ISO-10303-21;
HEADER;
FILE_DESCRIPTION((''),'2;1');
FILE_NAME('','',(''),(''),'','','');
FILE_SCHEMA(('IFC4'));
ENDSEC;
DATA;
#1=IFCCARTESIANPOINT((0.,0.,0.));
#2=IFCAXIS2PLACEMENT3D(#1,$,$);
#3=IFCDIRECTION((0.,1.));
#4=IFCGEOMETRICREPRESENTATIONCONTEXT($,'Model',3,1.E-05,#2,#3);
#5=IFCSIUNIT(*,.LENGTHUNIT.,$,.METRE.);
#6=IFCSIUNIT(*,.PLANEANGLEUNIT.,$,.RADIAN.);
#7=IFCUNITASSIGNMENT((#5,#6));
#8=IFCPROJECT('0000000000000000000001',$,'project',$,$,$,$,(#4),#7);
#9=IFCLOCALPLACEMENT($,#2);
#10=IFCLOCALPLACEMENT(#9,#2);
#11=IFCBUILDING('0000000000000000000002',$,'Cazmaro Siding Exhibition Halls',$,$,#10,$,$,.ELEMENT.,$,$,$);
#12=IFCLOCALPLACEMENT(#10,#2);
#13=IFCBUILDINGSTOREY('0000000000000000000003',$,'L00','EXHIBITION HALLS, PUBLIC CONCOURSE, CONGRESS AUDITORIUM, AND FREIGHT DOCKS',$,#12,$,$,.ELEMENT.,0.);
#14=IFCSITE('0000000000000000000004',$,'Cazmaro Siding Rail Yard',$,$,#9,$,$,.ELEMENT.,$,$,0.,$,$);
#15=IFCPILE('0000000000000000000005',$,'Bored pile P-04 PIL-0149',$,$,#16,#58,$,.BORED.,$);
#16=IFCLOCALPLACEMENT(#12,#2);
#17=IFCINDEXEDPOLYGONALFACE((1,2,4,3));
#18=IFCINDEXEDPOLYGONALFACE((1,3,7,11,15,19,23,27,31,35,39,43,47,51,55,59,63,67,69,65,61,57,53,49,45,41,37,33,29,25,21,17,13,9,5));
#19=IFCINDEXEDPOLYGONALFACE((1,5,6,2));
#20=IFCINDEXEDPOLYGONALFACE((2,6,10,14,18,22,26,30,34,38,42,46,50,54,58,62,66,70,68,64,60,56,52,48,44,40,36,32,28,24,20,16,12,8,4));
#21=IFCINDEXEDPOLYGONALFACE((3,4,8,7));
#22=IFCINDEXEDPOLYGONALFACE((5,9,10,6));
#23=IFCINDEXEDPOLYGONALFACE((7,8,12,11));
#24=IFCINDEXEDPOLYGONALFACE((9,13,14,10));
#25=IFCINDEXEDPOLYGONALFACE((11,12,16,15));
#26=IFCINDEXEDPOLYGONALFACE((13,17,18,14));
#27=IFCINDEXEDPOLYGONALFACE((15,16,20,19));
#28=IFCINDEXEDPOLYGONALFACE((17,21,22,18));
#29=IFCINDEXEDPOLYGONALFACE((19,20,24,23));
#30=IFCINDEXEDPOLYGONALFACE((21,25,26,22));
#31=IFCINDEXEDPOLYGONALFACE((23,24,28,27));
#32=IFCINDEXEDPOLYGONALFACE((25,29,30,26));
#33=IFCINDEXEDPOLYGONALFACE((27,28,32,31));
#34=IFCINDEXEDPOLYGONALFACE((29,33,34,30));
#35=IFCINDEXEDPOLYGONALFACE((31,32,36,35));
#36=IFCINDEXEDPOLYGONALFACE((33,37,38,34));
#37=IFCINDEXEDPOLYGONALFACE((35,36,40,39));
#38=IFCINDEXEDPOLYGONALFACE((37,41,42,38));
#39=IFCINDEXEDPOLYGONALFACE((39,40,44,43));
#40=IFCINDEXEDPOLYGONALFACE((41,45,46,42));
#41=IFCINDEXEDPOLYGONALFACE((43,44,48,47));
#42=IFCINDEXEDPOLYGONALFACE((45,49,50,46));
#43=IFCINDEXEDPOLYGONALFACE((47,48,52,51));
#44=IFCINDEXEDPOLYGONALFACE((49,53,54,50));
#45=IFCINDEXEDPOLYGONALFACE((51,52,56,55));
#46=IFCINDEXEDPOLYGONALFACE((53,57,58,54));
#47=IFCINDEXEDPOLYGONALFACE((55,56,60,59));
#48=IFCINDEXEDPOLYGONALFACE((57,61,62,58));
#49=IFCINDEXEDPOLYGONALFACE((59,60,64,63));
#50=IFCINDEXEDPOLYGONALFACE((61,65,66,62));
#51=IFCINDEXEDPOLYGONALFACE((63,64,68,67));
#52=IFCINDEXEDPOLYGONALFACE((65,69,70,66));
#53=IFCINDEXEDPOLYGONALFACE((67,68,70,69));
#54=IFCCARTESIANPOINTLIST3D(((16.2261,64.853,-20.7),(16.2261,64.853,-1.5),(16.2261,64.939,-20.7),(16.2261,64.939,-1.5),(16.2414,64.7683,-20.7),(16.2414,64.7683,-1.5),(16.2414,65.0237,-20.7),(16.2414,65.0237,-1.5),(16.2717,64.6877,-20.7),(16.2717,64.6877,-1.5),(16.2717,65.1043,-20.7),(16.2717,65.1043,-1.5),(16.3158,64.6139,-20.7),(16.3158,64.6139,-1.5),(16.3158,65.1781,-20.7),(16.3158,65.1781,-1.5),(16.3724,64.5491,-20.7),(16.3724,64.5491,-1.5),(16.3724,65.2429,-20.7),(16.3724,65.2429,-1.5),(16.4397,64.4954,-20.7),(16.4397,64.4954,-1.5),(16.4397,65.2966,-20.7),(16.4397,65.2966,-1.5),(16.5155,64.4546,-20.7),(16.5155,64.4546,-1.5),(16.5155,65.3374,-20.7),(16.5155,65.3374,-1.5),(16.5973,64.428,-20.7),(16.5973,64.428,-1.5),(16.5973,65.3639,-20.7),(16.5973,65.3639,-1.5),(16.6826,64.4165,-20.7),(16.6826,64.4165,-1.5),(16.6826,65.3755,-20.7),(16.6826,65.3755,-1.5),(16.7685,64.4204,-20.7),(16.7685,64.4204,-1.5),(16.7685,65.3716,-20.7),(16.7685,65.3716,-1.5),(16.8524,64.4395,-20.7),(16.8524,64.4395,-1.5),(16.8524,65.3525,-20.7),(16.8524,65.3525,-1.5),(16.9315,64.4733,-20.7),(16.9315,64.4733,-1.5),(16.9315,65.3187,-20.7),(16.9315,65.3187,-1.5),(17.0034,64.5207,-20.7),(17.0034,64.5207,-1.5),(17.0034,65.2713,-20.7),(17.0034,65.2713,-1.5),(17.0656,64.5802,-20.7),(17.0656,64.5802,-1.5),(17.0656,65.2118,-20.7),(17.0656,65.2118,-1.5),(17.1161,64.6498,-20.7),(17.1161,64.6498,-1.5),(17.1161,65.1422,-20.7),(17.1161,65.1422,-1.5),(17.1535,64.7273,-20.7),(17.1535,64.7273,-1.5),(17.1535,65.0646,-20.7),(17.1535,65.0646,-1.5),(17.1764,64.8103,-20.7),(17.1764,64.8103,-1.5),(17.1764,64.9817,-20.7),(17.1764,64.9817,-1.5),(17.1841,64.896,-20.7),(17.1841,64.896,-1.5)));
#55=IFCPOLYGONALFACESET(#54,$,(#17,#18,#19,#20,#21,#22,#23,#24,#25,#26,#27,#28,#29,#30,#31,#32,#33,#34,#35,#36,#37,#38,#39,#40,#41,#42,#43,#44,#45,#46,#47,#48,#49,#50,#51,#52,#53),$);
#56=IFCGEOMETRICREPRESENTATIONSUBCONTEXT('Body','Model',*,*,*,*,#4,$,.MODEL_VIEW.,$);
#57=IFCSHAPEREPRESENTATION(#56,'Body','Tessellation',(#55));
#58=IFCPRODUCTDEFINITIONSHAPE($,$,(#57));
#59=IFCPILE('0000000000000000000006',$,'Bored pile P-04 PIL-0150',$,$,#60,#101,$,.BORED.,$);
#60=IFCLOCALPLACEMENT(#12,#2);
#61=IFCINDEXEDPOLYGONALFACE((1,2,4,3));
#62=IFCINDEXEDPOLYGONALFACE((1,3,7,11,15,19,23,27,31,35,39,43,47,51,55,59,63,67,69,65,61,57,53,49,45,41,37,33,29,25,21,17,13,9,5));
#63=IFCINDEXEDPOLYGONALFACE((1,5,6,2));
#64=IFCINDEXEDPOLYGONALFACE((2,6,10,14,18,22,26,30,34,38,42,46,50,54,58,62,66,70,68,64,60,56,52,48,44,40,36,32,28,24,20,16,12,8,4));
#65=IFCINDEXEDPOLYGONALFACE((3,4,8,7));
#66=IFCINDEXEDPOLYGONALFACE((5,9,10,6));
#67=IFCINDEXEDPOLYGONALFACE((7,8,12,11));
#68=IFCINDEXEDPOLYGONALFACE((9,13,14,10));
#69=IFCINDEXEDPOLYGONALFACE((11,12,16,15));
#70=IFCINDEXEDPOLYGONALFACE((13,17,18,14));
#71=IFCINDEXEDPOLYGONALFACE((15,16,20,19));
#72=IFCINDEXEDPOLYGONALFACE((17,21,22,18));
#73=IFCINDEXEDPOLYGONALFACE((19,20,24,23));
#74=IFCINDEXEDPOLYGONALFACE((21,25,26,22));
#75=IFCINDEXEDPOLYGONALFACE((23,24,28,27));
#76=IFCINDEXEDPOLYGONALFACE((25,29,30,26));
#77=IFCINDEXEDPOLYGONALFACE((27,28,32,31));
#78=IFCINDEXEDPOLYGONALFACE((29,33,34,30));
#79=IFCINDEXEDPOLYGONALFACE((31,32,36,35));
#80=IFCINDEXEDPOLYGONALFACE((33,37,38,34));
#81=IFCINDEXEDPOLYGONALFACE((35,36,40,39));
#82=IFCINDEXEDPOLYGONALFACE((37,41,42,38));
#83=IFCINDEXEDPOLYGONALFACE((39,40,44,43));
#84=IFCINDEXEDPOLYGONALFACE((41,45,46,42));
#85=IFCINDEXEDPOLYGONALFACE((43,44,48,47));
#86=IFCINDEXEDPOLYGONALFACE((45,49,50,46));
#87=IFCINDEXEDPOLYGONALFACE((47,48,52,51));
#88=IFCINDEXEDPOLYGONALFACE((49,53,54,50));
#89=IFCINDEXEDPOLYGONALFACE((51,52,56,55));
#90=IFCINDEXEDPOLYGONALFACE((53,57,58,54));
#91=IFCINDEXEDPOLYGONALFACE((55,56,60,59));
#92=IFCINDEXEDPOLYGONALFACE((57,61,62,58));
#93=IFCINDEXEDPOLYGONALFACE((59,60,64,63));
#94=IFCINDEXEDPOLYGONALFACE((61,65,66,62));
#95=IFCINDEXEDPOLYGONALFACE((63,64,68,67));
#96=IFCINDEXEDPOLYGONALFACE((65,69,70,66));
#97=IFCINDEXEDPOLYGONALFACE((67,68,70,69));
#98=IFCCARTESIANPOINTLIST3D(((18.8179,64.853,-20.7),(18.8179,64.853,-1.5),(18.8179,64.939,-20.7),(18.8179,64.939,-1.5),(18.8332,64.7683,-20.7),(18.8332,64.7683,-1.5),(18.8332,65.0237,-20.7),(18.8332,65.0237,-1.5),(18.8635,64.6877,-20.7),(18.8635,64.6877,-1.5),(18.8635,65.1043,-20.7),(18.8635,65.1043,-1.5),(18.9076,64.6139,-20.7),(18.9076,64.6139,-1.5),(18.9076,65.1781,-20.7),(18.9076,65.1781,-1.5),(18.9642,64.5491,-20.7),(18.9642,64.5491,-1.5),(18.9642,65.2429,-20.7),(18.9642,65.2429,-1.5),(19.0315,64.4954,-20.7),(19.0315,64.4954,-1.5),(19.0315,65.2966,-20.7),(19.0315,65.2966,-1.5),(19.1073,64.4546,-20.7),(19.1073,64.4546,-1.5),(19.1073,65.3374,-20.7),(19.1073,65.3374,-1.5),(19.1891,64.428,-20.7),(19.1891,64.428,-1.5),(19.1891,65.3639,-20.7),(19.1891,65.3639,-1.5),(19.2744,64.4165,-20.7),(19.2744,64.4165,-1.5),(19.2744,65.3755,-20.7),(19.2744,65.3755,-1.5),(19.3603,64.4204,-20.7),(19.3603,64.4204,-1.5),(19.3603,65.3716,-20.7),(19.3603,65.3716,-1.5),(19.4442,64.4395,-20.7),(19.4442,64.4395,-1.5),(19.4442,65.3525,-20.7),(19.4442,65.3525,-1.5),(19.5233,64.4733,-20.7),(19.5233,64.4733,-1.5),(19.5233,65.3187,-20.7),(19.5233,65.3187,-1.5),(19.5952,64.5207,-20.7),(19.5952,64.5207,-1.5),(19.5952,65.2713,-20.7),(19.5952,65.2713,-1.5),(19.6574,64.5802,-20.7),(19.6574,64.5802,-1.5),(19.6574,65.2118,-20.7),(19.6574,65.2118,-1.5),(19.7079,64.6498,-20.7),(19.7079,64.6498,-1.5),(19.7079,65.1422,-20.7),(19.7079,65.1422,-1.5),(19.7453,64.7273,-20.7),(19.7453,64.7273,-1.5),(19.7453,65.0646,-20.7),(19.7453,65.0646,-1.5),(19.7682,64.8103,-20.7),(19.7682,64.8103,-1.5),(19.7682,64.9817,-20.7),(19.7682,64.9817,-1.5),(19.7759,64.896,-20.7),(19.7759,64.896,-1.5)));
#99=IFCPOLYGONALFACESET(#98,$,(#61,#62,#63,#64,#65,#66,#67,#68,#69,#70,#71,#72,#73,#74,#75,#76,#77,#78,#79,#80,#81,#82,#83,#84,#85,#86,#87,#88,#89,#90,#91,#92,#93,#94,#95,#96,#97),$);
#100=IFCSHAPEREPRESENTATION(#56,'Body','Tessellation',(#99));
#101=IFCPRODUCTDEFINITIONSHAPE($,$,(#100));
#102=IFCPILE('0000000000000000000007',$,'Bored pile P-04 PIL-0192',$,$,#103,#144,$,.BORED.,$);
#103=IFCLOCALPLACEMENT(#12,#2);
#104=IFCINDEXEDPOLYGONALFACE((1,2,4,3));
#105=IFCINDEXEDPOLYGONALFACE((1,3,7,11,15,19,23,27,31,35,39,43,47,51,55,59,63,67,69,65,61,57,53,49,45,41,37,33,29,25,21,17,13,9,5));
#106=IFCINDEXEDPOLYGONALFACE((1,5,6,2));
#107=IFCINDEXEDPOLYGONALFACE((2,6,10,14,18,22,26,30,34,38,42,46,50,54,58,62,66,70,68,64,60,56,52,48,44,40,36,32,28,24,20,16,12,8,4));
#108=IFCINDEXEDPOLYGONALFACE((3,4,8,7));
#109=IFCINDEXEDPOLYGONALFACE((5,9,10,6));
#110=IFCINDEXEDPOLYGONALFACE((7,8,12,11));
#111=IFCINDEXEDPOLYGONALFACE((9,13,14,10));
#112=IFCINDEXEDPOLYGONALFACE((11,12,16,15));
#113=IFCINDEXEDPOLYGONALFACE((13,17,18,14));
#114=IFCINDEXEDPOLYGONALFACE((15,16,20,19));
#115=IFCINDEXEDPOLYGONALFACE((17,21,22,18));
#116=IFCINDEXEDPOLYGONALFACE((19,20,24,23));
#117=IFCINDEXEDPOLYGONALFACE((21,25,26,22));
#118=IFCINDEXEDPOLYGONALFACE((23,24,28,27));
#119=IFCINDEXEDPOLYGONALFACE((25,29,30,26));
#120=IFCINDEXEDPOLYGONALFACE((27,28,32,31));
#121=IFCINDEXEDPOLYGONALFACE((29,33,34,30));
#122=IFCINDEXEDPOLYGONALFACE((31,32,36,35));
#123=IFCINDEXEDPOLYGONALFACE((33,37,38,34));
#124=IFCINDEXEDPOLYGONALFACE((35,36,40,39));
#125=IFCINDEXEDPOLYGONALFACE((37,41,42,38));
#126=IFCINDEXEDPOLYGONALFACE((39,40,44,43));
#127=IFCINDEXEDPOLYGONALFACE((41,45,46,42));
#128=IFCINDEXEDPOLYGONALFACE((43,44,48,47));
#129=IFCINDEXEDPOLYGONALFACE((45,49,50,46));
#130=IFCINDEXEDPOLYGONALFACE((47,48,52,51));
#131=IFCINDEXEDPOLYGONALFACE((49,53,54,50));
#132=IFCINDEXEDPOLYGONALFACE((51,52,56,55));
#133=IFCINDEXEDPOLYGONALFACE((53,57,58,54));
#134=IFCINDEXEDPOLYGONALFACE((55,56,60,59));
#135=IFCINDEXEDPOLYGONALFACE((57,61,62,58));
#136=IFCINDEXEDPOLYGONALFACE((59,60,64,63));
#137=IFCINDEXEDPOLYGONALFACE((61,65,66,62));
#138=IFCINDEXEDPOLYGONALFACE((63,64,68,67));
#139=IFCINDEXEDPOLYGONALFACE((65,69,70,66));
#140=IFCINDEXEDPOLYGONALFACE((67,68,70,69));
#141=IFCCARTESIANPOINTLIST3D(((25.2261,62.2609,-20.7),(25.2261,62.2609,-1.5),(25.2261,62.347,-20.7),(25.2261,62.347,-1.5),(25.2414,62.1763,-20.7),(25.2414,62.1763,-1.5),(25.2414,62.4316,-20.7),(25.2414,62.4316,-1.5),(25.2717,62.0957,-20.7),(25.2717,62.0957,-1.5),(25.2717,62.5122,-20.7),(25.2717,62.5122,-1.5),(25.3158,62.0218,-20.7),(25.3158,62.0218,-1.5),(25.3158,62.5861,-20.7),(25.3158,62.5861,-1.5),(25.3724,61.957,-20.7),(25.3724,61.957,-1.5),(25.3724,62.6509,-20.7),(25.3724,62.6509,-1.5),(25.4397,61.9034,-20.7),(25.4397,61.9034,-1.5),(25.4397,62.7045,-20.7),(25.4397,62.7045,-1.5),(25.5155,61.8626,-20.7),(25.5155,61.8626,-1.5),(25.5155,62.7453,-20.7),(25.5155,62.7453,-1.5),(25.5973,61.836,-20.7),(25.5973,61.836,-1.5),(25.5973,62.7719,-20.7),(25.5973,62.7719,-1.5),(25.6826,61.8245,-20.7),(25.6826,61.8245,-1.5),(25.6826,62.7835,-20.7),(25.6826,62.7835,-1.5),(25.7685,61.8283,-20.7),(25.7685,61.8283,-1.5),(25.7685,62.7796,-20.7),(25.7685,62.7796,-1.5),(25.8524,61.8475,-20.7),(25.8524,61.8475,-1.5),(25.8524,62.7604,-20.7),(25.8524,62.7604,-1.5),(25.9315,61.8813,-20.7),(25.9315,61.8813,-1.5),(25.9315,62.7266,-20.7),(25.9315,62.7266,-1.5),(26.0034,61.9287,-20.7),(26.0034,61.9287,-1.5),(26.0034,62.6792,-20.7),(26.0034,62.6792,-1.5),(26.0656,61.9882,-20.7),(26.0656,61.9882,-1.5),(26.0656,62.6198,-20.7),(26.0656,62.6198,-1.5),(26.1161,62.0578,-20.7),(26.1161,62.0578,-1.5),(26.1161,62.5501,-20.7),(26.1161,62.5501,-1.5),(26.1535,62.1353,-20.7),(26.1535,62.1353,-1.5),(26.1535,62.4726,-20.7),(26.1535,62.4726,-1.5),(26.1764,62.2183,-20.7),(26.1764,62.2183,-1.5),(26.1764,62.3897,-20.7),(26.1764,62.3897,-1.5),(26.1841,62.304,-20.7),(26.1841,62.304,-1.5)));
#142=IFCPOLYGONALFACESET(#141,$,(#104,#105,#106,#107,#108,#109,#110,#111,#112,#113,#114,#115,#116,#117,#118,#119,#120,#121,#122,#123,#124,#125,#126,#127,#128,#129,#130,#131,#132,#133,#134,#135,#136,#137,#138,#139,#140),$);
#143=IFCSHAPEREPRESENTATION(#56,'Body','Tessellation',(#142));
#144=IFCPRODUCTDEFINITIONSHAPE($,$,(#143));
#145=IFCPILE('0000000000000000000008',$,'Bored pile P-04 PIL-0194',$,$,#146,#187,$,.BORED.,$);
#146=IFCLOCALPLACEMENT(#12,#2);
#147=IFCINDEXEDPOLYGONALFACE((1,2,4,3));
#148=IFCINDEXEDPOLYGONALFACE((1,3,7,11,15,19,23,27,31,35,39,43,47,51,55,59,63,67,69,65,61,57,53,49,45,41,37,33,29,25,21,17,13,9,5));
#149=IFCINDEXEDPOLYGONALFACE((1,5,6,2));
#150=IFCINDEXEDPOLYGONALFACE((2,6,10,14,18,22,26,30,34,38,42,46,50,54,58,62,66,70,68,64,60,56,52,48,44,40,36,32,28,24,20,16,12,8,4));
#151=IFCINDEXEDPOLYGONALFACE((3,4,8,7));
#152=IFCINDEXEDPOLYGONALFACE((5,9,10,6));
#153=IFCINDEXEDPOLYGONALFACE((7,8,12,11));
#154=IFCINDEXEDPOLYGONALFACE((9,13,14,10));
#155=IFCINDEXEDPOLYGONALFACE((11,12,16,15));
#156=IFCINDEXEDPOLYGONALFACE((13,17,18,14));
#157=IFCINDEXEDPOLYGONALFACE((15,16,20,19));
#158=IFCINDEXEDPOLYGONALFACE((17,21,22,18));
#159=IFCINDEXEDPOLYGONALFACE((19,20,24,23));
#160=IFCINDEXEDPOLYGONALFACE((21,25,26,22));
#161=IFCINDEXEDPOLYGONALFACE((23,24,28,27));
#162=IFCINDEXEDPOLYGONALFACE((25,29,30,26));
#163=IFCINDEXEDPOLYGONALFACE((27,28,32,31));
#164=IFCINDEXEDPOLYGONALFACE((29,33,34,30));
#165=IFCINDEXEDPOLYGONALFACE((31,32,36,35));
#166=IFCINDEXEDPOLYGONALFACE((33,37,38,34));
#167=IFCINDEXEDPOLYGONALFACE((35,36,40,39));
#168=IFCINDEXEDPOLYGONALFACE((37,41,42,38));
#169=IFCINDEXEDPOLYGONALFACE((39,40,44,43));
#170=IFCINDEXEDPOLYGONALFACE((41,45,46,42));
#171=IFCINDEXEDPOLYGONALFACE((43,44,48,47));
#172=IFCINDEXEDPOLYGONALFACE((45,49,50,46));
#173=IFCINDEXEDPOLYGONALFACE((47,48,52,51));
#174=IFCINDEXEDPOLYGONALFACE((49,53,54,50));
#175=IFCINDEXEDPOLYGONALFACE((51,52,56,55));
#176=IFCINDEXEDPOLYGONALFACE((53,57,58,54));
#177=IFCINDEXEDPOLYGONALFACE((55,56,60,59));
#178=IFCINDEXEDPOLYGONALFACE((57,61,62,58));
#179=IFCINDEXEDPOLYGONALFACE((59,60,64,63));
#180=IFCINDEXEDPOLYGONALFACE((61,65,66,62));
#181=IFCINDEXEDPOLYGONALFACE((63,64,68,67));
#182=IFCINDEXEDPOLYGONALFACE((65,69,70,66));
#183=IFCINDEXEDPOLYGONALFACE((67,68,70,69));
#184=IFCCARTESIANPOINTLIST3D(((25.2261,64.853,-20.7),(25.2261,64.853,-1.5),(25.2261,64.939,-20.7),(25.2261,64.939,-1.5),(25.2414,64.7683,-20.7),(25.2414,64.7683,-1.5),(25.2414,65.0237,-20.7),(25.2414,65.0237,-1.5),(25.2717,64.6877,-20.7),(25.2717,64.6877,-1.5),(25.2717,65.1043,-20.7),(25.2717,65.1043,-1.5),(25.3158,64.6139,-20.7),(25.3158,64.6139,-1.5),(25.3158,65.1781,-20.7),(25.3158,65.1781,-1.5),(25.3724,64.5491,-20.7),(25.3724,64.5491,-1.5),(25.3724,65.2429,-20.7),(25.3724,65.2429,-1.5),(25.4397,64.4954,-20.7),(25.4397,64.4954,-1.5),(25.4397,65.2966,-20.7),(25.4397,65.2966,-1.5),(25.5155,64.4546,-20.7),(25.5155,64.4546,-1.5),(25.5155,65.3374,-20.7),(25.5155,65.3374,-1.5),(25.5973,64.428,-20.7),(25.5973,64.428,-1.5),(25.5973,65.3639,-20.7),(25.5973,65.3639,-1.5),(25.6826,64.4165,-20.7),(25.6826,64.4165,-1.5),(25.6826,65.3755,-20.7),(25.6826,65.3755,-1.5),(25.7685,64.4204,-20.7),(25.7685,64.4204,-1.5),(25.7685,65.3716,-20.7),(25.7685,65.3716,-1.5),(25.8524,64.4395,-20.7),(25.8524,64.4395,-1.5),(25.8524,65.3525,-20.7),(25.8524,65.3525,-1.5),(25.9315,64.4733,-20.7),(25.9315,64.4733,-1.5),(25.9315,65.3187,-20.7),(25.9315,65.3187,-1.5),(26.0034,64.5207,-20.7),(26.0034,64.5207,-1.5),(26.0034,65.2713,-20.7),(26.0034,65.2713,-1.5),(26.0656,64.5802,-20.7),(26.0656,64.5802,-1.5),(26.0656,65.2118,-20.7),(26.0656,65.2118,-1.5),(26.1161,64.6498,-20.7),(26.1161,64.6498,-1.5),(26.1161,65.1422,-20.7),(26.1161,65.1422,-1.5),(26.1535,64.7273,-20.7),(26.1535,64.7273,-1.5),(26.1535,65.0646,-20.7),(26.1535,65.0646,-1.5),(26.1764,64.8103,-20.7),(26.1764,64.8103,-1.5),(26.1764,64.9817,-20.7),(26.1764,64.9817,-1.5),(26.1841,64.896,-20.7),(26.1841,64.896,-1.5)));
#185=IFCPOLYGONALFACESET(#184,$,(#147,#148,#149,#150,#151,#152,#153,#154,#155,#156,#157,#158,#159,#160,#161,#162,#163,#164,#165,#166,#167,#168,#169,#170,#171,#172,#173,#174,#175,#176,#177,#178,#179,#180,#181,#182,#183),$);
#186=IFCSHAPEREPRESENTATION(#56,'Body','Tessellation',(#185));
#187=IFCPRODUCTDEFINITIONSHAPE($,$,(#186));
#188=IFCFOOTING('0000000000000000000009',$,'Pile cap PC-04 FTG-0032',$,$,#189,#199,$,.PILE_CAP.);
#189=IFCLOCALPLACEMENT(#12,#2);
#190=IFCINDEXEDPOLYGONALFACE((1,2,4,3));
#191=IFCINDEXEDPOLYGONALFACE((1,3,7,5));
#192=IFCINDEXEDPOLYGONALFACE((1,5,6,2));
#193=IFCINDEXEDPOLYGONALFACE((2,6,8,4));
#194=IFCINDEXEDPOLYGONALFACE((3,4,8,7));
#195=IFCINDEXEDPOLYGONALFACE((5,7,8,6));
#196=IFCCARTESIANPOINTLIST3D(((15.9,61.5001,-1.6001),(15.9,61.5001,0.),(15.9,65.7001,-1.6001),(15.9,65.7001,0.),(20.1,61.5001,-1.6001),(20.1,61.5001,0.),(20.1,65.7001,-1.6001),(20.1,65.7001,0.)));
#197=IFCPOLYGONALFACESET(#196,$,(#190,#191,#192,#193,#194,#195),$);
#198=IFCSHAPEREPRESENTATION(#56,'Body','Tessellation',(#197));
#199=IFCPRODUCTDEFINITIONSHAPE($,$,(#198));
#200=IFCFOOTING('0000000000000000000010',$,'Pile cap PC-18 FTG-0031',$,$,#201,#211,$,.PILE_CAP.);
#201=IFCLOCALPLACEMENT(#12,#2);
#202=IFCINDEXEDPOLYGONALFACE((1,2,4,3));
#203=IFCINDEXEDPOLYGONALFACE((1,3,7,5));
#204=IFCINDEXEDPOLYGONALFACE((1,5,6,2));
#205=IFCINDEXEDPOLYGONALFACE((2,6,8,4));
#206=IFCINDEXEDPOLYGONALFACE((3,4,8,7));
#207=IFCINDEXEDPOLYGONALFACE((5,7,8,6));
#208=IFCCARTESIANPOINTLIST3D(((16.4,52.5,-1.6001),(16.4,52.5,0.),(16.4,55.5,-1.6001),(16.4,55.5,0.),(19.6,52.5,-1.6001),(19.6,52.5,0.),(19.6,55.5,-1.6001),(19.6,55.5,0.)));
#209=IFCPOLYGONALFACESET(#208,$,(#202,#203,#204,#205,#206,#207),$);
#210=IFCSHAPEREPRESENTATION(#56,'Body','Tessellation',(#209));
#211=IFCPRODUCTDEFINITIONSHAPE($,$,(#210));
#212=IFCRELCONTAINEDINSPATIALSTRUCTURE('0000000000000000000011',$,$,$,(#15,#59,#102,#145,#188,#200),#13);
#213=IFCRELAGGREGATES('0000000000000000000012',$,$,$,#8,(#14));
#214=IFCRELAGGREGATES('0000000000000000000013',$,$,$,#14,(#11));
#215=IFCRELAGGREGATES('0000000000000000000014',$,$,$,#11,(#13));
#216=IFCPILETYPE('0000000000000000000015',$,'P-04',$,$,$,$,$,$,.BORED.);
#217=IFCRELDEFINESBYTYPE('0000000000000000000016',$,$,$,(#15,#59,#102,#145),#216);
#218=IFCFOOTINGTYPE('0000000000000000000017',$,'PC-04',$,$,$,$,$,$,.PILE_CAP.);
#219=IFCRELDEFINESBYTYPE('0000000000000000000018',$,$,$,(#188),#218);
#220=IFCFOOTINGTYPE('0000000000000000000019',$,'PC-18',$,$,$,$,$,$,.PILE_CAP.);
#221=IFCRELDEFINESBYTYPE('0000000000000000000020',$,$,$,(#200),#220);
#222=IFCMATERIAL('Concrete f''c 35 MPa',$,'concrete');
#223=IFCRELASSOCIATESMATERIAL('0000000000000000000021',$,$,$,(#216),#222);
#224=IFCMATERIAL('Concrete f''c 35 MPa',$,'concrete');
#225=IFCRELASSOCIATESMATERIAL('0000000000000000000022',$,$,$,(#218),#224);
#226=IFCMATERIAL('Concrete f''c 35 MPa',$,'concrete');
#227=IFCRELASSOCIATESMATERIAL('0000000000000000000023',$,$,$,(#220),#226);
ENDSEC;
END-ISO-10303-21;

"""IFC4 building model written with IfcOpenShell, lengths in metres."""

from ifc_helpers import new_model, si_unit, direction, frame, origin, origin_2d, place, context, subcontext, project, spatial, rectangle, circle, extrude, material, material_profile, profile_set, type_object, element, save


model = new_model("IFC4")

# Units and contexts
model_context = context("Model", 3, precision=1e-05, world=origin(), true_north=direction((0.0, 1.0)))
body_context = subcontext(model_context, "Body", "Model", "MODEL_VIEW")
ifc_project = project(units=[si_unit("LENGTHUNIT", "METRE"), si_unit("PLANEANGLEUNIT", "RADIAN")], contexts=[model_context])

# Site, building, storey
site_placement = place(None, origin())
site = spatial("IfcSite", under=ifc_project, at=site_placement, Name="Cazmaro Siding Rail Yard", CompositionType="ELEMENT", RefElevation=0.0)
building_placement = place(site_placement, origin())
building = spatial("IfcBuilding", under=site, at=building_placement, Name="Cazmaro Siding Exhibition Halls", CompositionType="ELEMENT")
storey_placement = place(building_placement, origin())
storey = spatial("IfcBuildingStorey", under=building, at=storey_placement, Name="L00", Description="EXHIBITION HALLS, PUBLIC CONCOURSE, CONGRESS AUDITORIUM, AND FREIGHT DOCKS", CompositionType="ELEMENT", Elevation=0.0)

# Piles
ifc_material_1 = material(Name="Concrete f'c 35 MPa", Category="concrete")
ifc_material_profile_1 = material_profile(ifc_material_1, circle(Radius=0.48, at=origin_2d()), Name="CIDH-960")
ifc_profile_set_1 = profile_set([ifc_material_profile_1], Name="Concrete f'c 35 MPa")
pile_type_1 = type_object("IfcPileType", Name="P-04", PredefinedType="BORED", material=ifc_profile_set_1)
for number, where, z_axis, x_axis, name in (
    (1, (16.7041, 64.896, -1.5), (0.0, 0.0, -1.0), (1.0, 0.0, 0.0), "Bored pile P-04 PIL-0149"),
    (2, (19.2959, 64.896, -1.5), (0.0, 0.0, -1.0), (1.0, 0.0, 0.0), "Bored pile P-04 PIL-0150"),
    (3, (25.7041, 62.304, -1.5), (0.0, 0.0, -1.0), (1.0, 0.0, 0.0), "Bored pile P-04 PIL-0192"),
    (4, (25.7041, 64.896, -1.5), (0.0, 0.0, -1.0), (1.0, 0.0, 0.0), "Bored pile P-04 PIL-0194"),
):
    element("IfcPile", number, at=place(storey_placement, frame(where, z_axis=z_axis, x_axis=x_axis)), inside=storey, type_object=pile_type_1, Name=name, PredefinedType="BORED", context=body_context, shape_type="SweptSolid", body=[
        extrude(circle(Radius=0.48, at=origin_2d()), origin(), (0.0, 0.0, 1.0), 19.2),
    ])

# Footings
ifc_material_2 = material(Name="Concrete f'c 35 MPa", Category="concrete")
footing_type_1 = type_object("IfcFootingType", Name="PC-04", PredefinedType="PILE_CAP", material=ifc_material_2)
footing_1_placement = place(storey_placement, frame((18.0, 63.6001, -1.6001), z_axis=(0.0, 0.0, 1.0), x_axis=(1.0, 0.0, 0.0)))
element("IfcFooting", 5, at=footing_1_placement, inside=storey, type_object=footing_type_1, Name="Pile cap PC-04 FTG-0032", PredefinedType="PILE_CAP", context=body_context, shape_type="SweptSolid", body=[
    extrude(rectangle(XDim=4.2, YDim=4.2, at=origin_2d()), origin(), (0.0, 0.0, 1.0), 1.6001),
])
ifc_material_3 = material(Name="Concrete f'c 35 MPa", Category="concrete")
footing_type_2 = type_object("IfcFootingType", Name="PC-18", PredefinedType="PILE_CAP", material=ifc_material_3)
footing_2_placement = place(storey_placement, frame((18.0, 54.0, -1.6001), z_axis=(0.0, 0.0, 1.0), x_axis=(1.0, 0.0, 0.0)))
element("IfcFooting", 6, at=footing_2_placement, inside=storey, type_object=footing_type_2, Name="Pile cap PC-18 FTG-0031", PredefinedType="PILE_CAP", context=body_context, shape_type="SweptSolid", body=[
    extrude(rectangle(XDim=3.2, YDim=3.0, at=origin_2d()), origin(), (0.0, 0.0, 1.0), 1.6001),
])

save(model, "model.ifc")
